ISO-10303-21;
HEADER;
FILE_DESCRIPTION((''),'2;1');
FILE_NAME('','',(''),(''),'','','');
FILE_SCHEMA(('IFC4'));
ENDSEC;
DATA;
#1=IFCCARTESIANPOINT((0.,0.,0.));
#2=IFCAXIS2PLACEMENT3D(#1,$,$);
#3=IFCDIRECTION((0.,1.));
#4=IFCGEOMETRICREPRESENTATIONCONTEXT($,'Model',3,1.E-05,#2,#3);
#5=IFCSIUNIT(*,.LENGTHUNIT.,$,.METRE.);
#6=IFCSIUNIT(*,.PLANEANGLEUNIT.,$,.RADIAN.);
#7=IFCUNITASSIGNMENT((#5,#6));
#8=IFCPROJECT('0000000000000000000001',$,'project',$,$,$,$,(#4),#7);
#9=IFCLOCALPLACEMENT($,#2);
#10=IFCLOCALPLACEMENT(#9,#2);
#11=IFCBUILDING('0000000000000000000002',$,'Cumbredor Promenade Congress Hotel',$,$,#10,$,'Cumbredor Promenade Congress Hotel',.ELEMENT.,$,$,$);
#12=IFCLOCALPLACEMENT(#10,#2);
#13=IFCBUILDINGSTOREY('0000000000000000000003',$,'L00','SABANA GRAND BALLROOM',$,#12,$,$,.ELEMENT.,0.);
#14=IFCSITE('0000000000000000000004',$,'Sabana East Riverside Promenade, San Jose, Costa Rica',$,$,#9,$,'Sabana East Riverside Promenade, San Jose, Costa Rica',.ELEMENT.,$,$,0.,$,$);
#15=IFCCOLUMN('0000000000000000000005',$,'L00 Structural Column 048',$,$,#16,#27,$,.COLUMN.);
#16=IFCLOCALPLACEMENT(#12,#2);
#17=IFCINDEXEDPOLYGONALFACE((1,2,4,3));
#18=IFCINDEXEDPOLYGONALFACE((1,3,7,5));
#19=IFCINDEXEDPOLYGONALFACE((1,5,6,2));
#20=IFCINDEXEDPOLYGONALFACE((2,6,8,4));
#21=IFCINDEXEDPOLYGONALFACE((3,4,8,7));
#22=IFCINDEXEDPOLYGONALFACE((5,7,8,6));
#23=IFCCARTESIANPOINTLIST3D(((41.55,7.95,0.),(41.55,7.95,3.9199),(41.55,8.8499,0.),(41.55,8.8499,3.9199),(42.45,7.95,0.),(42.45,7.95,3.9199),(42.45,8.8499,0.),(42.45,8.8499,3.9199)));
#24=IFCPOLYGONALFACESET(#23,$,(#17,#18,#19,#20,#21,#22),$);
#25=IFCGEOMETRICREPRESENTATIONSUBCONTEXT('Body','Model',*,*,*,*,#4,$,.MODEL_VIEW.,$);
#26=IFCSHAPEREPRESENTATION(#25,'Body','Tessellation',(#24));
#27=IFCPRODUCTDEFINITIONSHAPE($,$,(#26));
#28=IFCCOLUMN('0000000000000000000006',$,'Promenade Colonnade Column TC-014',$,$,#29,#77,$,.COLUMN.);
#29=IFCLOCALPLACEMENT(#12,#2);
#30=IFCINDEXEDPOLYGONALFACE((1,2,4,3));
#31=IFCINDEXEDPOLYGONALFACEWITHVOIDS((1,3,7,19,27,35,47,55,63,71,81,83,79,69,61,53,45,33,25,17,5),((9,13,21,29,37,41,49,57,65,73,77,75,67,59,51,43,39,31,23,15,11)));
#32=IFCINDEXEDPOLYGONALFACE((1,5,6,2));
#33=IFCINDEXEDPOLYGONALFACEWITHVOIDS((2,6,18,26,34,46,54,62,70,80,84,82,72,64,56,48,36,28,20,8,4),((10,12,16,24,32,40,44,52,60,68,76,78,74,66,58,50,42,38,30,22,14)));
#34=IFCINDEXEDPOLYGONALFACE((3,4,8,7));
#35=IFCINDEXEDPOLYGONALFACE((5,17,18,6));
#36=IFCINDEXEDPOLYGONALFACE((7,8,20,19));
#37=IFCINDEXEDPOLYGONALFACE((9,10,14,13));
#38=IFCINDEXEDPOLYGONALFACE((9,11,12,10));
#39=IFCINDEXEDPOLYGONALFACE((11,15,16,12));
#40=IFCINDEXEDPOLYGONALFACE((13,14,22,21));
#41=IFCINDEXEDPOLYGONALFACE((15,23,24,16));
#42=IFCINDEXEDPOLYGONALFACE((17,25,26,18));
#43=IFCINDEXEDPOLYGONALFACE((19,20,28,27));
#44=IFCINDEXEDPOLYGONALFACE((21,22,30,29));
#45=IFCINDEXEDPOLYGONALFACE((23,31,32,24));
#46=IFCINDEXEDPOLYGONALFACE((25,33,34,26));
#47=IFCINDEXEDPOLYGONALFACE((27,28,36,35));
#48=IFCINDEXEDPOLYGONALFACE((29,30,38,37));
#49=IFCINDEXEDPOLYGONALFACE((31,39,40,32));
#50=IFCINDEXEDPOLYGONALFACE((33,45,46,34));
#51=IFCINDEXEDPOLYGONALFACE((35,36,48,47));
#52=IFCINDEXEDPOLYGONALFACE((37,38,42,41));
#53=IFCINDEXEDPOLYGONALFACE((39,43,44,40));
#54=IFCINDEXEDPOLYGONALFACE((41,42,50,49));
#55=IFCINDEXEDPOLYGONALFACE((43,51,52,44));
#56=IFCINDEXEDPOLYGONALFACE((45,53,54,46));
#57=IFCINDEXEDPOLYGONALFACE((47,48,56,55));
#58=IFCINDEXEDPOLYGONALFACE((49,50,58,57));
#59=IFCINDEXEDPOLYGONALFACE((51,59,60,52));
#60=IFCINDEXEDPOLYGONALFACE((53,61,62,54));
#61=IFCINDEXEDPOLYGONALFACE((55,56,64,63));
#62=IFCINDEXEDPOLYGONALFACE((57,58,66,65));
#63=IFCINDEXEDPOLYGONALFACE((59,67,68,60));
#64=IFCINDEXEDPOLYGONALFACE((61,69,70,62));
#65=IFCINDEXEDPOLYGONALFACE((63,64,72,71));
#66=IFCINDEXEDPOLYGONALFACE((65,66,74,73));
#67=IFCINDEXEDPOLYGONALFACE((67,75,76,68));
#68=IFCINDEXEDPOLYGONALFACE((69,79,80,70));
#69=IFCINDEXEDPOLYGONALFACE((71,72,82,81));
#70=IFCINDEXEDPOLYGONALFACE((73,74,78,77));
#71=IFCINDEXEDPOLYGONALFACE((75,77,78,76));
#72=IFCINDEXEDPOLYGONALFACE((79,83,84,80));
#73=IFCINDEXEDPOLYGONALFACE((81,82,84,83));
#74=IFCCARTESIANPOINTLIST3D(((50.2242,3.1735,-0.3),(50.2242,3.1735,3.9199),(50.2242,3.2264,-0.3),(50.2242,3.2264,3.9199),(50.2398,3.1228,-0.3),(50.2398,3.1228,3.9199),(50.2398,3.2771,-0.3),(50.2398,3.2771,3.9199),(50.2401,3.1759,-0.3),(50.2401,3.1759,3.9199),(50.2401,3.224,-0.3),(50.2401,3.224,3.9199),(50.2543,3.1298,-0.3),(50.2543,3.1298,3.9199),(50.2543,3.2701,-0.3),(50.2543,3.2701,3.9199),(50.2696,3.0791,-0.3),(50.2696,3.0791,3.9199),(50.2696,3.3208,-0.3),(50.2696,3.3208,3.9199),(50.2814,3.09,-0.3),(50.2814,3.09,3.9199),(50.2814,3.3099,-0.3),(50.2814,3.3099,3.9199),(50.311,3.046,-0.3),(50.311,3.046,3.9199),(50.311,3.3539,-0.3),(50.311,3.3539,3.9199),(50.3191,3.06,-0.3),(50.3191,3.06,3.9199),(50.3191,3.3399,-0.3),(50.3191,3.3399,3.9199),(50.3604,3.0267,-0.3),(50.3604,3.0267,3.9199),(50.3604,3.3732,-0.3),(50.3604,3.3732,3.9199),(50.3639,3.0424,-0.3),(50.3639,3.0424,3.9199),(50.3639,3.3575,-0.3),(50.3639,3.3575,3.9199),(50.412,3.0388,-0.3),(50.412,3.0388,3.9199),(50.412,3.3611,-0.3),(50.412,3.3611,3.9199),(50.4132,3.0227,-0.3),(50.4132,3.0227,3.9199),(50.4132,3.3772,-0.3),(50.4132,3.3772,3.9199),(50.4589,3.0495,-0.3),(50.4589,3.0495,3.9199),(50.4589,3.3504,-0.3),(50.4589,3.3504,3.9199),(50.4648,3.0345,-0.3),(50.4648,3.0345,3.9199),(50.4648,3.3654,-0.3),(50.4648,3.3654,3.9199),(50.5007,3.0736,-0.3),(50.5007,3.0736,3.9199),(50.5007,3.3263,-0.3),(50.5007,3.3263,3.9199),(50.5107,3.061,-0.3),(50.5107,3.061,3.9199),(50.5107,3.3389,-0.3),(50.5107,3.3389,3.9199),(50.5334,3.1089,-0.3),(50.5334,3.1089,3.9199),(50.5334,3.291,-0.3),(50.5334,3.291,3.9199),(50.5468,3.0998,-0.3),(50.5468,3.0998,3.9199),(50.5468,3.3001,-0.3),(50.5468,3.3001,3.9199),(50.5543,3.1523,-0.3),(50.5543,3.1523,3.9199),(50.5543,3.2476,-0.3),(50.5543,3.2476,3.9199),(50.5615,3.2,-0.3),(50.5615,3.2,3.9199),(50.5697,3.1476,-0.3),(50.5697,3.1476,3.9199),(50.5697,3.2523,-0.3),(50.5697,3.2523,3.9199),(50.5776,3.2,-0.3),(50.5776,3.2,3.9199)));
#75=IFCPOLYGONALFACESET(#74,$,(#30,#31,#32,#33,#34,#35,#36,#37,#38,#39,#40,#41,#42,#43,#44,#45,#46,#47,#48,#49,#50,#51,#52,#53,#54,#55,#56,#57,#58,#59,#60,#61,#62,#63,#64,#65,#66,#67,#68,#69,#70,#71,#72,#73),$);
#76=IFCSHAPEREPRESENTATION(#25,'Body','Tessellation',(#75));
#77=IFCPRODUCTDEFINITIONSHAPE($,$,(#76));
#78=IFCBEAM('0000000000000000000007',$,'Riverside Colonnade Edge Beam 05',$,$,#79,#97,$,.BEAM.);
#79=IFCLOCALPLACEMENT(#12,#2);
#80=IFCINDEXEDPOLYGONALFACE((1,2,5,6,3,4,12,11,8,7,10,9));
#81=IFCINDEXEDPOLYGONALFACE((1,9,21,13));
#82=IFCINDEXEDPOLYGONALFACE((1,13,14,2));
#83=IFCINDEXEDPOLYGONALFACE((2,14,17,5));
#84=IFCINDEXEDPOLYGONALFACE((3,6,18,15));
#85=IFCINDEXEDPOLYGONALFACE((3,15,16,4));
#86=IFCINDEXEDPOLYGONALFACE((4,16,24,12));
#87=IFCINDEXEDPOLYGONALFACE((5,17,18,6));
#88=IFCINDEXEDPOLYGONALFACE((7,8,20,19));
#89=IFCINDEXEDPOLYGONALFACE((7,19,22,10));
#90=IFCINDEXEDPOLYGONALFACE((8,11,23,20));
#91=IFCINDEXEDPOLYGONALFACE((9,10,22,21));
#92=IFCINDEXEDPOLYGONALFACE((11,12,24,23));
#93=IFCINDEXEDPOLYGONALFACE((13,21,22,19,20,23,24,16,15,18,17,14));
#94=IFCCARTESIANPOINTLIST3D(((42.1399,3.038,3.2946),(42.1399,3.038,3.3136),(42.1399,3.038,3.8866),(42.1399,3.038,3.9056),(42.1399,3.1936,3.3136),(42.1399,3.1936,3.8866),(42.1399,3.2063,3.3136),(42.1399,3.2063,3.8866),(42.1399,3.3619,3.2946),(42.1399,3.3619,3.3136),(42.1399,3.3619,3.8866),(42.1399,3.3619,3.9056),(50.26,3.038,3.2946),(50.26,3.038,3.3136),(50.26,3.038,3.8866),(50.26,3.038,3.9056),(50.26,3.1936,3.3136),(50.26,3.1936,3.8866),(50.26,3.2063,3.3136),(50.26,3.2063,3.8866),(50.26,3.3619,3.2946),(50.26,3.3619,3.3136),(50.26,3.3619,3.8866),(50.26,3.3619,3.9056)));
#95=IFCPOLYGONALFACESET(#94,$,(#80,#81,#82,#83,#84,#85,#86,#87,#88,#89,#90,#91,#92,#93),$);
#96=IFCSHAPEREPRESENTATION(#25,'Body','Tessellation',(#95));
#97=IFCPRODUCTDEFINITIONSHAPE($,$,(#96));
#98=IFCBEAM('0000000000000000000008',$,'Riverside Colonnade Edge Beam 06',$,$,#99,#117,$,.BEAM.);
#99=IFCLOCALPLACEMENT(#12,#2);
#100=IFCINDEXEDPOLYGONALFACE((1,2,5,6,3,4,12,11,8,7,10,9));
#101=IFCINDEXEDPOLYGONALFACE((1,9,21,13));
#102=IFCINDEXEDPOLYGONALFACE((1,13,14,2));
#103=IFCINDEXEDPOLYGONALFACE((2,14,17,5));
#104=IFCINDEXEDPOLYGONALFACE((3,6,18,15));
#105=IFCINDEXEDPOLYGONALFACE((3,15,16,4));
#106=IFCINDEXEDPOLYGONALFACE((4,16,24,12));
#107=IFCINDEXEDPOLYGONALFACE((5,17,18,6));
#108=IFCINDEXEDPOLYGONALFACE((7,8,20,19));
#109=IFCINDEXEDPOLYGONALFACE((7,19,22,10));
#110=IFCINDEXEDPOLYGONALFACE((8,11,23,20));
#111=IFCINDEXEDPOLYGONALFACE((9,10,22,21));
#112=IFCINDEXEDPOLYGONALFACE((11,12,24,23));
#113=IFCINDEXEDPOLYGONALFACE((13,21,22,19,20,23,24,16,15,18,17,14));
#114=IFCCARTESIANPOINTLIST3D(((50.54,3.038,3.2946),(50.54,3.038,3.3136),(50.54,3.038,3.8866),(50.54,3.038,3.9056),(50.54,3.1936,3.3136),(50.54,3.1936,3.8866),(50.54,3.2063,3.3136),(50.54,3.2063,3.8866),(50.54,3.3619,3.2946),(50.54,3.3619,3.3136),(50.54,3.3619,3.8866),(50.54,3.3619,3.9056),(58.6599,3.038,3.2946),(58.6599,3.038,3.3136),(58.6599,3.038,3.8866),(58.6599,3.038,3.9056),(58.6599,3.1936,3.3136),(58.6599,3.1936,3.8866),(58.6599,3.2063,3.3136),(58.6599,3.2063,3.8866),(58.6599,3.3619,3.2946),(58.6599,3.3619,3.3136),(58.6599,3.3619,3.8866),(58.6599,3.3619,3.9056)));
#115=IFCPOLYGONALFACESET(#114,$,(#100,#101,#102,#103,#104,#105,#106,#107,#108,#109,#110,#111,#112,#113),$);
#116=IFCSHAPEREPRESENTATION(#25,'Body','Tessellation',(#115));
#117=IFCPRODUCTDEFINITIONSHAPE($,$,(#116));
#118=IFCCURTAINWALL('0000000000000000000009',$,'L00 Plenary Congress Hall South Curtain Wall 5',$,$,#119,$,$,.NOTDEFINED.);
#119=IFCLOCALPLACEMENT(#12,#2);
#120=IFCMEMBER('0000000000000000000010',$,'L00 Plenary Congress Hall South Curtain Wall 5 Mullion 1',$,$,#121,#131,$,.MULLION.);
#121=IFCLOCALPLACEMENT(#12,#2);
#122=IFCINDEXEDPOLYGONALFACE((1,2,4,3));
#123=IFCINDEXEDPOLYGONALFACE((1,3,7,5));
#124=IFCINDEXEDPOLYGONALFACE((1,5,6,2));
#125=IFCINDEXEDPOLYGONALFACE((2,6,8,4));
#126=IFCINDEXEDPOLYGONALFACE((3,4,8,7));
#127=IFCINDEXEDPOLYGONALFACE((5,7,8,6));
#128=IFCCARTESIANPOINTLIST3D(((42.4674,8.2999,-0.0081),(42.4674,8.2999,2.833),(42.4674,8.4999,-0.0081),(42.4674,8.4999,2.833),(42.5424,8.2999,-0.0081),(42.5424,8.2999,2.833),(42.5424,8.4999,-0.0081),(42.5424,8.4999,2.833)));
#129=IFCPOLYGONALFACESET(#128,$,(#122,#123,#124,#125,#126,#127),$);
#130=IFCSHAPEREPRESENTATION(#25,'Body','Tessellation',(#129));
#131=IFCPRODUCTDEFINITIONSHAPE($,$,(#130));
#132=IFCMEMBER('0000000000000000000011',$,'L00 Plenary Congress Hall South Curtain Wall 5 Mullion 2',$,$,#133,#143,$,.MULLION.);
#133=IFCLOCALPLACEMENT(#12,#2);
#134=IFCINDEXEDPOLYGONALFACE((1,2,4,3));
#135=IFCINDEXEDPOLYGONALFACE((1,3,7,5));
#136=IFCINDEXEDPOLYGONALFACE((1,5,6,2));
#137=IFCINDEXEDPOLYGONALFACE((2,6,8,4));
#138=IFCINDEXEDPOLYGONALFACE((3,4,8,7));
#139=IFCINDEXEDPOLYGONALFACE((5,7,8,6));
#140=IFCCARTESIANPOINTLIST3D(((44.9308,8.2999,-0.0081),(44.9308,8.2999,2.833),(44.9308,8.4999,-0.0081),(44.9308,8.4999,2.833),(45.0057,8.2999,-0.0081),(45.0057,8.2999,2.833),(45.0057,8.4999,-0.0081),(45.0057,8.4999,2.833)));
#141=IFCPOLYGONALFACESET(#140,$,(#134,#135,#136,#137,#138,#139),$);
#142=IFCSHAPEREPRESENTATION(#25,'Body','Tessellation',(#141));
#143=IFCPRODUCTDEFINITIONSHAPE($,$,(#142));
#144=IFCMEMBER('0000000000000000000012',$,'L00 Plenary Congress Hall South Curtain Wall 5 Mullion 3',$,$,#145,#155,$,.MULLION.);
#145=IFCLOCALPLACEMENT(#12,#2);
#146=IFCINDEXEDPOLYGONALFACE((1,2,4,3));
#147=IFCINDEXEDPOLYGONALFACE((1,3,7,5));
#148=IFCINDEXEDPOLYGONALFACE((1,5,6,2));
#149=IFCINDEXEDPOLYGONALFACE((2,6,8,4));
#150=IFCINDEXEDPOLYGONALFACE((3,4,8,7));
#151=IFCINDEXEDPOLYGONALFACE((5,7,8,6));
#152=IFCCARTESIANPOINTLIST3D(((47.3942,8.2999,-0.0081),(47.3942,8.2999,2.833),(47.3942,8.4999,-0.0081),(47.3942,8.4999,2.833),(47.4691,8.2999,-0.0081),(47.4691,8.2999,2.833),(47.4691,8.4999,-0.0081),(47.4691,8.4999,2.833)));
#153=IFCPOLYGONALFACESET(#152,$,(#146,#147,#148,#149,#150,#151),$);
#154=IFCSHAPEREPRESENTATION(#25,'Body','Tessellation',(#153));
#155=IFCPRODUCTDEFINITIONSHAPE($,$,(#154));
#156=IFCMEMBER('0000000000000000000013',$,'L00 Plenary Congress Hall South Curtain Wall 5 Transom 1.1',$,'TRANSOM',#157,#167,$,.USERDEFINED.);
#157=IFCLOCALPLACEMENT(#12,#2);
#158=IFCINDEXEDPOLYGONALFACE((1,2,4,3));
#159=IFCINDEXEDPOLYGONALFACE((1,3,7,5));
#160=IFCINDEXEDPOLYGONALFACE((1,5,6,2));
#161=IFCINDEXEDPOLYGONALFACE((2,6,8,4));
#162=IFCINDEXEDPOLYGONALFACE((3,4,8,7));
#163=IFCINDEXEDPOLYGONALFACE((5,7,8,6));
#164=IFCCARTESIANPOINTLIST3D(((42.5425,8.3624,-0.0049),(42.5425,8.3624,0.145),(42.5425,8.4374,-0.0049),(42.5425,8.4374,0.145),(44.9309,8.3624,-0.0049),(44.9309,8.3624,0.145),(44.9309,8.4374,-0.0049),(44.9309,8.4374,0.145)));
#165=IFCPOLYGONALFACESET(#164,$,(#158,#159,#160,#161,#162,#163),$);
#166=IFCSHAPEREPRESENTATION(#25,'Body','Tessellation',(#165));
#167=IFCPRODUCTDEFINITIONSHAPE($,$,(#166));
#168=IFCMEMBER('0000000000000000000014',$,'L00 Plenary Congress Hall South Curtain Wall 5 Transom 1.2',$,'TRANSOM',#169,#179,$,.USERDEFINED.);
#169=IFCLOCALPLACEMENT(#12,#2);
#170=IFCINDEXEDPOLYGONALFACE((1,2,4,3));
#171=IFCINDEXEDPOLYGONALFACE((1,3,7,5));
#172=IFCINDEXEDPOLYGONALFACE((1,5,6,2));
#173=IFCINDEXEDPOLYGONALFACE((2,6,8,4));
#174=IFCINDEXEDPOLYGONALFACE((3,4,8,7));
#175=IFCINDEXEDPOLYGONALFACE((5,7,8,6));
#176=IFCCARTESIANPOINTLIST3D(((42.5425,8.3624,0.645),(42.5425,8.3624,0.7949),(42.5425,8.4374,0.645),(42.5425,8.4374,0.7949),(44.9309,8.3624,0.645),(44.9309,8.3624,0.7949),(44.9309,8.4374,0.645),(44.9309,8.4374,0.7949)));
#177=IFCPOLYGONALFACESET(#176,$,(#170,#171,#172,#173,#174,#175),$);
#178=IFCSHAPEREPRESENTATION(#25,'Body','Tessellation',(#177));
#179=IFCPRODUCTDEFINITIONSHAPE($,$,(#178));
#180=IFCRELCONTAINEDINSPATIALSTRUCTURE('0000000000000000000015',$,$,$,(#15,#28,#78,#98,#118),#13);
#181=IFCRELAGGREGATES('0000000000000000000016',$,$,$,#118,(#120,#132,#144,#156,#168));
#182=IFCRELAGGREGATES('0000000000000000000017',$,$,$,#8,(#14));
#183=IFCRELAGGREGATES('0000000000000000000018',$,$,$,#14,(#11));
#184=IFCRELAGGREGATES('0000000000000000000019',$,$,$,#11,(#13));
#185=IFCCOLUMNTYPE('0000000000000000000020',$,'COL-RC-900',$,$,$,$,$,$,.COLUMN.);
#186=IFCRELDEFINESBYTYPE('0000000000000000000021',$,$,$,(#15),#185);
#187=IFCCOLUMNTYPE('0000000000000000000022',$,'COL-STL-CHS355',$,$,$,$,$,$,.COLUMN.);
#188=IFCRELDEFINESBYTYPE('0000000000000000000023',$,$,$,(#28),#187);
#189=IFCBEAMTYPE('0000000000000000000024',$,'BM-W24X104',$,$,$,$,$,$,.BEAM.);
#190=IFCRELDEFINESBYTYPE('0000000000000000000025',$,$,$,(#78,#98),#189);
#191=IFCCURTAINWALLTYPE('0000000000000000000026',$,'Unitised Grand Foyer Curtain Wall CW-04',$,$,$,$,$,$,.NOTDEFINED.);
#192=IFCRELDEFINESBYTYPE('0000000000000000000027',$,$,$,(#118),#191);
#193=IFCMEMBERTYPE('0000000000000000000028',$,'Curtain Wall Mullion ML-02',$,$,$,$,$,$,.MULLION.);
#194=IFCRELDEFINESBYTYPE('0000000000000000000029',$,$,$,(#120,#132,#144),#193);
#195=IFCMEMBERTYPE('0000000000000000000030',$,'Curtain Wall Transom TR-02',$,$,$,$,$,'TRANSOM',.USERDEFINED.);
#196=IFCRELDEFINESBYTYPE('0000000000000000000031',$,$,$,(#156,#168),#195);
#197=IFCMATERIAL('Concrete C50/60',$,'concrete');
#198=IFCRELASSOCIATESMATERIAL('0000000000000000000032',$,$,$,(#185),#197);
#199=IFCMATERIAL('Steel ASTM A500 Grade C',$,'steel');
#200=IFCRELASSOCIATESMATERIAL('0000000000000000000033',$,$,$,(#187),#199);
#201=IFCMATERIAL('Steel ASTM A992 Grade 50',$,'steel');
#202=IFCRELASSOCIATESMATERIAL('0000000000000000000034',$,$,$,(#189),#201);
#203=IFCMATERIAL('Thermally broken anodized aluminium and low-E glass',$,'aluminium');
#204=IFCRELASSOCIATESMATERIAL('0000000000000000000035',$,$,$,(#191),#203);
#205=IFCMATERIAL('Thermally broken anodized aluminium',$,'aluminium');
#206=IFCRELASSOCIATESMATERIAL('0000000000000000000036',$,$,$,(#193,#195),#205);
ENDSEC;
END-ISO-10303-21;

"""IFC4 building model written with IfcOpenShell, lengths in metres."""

from ifc_helpers import new_model, si_unit, direction, frame, origin, origin_2d, place, context, subcontext, project, spatial, rectangle, hollow_circle, i_section, extrude, material, material_profile, profile_set, type_object, element, aggregate, save


model = new_model("IFC4")

# Units and contexts
model_context = context("Model", 3, precision=1e-05, world=origin(), true_north=direction((0.0, 1.0)))
body_context = subcontext(model_context, "Body", "Model", "MODEL_VIEW")
ifc_project = project(units=[si_unit("LENGTHUNIT", "METRE"), si_unit("PLANEANGLEUNIT", "RADIAN")], contexts=[model_context])

# Site, building, storey
site_placement = place(None, origin())
site = spatial("IfcSite", under=ifc_project, at=site_placement, Name="Sabana East Riverside Promenade, San Jose, Costa Rica", LongName="Sabana East Riverside Promenade, San Jose, Costa Rica", CompositionType="ELEMENT", RefElevation=0.0)
building_placement = place(site_placement, origin())
building = spatial("IfcBuilding", under=site, at=building_placement, Name="Cumbredor Promenade Congress Hotel", LongName="Cumbredor Promenade Congress Hotel", CompositionType="ELEMENT")
storey_placement = place(building_placement, origin())
storey = spatial("IfcBuildingStorey", under=building, at=storey_placement, Name="L00", Description="SABANA GRAND BALLROOM", CompositionType="ELEMENT", Elevation=0.0)

# Columns
ifc_material_1 = material(Name="Concrete C50/60", Category="concrete")
ifc_material_profile_1 = material_profile(ifc_material_1, rectangle(XDim=0.8999, YDim=0.8999, at=origin_2d()), Name="RC 900x900")
ifc_profile_set_1 = profile_set([ifc_material_profile_1], Name="Concrete C50/60")
column_type_1 = type_object("IfcColumnType", Name="COL-RC-900", PredefinedType="COLUMN", material=ifc_profile_set_1)
column_1_placement = place(storey_placement, frame((42.0, 8.3999, 0.0), z_axis=(0.0, 0.0, 1.0), x_axis=(1.0, 0.0, 0.0)))
element("IfcColumn", 1, at=column_1_placement, inside=storey, type_object=column_type_1, Name="L00 Structural Column 048", PredefinedType="COLUMN", context=body_context, shape_type="SweptSolid", body=[
    extrude(rectangle(XDim=0.8999, YDim=0.8999, at=origin_2d()), origin(), (0.0, 0.0, 1.0), 3.9199),
])
ifc_material_2 = material(Name="Steel ASTM A500 Grade C", Category="steel")
ifc_material_profile_2 = material_profile(ifc_material_2, hollow_circle(Radius=0.1777, WallThickness=0.0161, at=origin_2d()), Name="CHS 355.6x16")
ifc_profile_set_2 = profile_set([ifc_material_profile_2], Name="Steel ASTM A500 Grade C")
column_type_2 = type_object("IfcColumnType", Name="COL-STL-CHS355", PredefinedType="COLUMN", material=ifc_profile_set_2)
column_2_placement = place(storey_placement, frame((50.3999, 3.2, -0.3), z_axis=(0.0, 0.0, 1.0), x_axis=(1.0, 0.0, 0.0)))
element("IfcColumn", 2, at=column_2_placement, inside=storey, type_object=column_type_2, Name="Promenade Colonnade Column TC-014", PredefinedType="COLUMN", context=body_context, shape_type="SweptSolid", body=[
    extrude(hollow_circle(Radius=0.1777, WallThickness=0.0161, at=origin_2d()), origin(), (0.0, 0.0, 1.0), 4.22),
])

# Beams
ifc_material_3 = material(Name="Steel ASTM A992 Grade 50", Category="steel")
ifc_material_profile_3 = material_profile(ifc_material_3, i_section(OverallWidth=0.324, OverallDepth=0.6111, WebThickness=0.0127, FlangeThickness=0.019, at=origin_2d()), Name="W24X104")
ifc_profile_set_3 = profile_set([ifc_material_profile_3], Name="Steel ASTM A992 Grade 50")
beam_type_1 = type_object("IfcBeamType", Name="BM-W24X104", PredefinedType="BEAM", material=ifc_profile_set_3)
beam_1_placement = place(storey_placement, frame((42.1399, 3.2, 3.6001), z_axis=(1.0, 0.0, 0.0), x_axis=(0.0, 1.0, 0.0)))
element("IfcBeam", 3, at=beam_1_placement, inside=storey, type_object=beam_type_1, Name="Riverside Colonnade Edge Beam 05", PredefinedType="BEAM", context=body_context, shape_type="SweptSolid", body=[
    extrude(i_section(OverallWidth=0.324, OverallDepth=0.6111, WebThickness=0.0127, FlangeThickness=0.019, at=origin_2d()), origin(), (0.0, 0.0, 1.0), 8.1201),
])
beam_2_placement = place(storey_placement, frame((50.54, 3.2, 3.6001), z_axis=(1.0, 0.0, 0.0), x_axis=(0.0, 1.0, 0.0)))
element("IfcBeam", 4, at=beam_2_placement, inside=storey, type_object=beam_type_1, Name="Riverside Colonnade Edge Beam 06", PredefinedType="BEAM", context=body_context, shape_type="SweptSolid", body=[
    extrude(i_section(OverallWidth=0.324, OverallDepth=0.6111, WebThickness=0.0127, FlangeThickness=0.019, at=origin_2d()), origin(), (0.0, 0.0, 1.0), 8.1199),
])

# Curtain wall, members
ifc_material_4 = material(Name="Thermally broken anodized aluminium and low-E glass", Category="aluminium")
curtain_wall_type = type_object("IfcCurtainWallType", Name="Unitised Grand Foyer Curtain Wall CW-04", PredefinedType="NOTDEFINED", material=ifc_material_4)
curtain_wall_placement = place(storey_placement, origin())
curtain_wall = element("IfcCurtainWall", 5, at=curtain_wall_placement, inside=storey, type_object=curtain_wall_type, Name="L00 Plenary Congress Hall South Curtain Wall 5", PredefinedType="NOTDEFINED")
ifc_material_5 = material(Name="Thermally broken anodized aluminium", Category="aluminium")
ifc_material_profile_4 = material_profile(ifc_material_5, rectangle(XDim=0.075, YDim=0.2, at=origin_2d()), Name="ALU MULLION 75x200")
ifc_profile_set_4 = profile_set([ifc_material_profile_4], Name="Thermally broken anodized aluminium")
member_type_1 = type_object("IfcMemberType", Name="Curtain Wall Mullion ML-02", PredefinedType="MULLION", material=ifc_profile_set_4)
member_1_placement = place(storey_placement, frame((42.5049, 8.3999, -0.0081), z_axis=(0.0, 0.0, 1.0), x_axis=(1.0, 0.0, 0.0)))
member_1 = element("IfcMember", 6, at=member_1_placement, type_object=member_type_1, Name="L00 Plenary Congress Hall South Curtain Wall 5 Mullion 1", PredefinedType="MULLION", context=body_context, shape_type="SweptSolid", body=[
    extrude(rectangle(XDim=0.075, YDim=0.2, at=origin_2d()), origin(), (0.0, 0.0, 1.0), 2.8411),
])
member_2_placement = place(storey_placement, frame((44.9683, 8.3999, -0.0081), z_axis=(0.0, 0.0, 1.0), x_axis=(1.0, 0.0, 0.0)))
member_2 = element("IfcMember", 7, at=member_2_placement, type_object=member_type_1, Name="L00 Plenary Congress Hall South Curtain Wall 5 Mullion 2", PredefinedType="MULLION", context=body_context, shape_type="SweptSolid", body=[
    extrude(rectangle(XDim=0.075, YDim=0.2, at=origin_2d()), origin(), (0.0, 0.0, 1.0), 2.8411),
])
member_3_placement = place(storey_placement, frame((47.4316, 8.3999, -0.0081), z_axis=(0.0, 0.0, 1.0), x_axis=(1.0, 0.0, 0.0)))
member_3 = element("IfcMember", 8, at=member_3_placement, type_object=member_type_1, Name="L00 Plenary Congress Hall South Curtain Wall 5 Mullion 3", PredefinedType="MULLION", context=body_context, shape_type="SweptSolid", body=[
    extrude(rectangle(XDim=0.075, YDim=0.2, at=origin_2d()), origin(), (0.0, 0.0, 1.0), 2.8411),
])
ifc_material_profile_5 = material_profile(ifc_material_5, rectangle(XDim=0.075, YDim=0.1499, at=origin_2d()), Name="ALU TRANSOM 75x150")
ifc_profile_set_5 = profile_set([ifc_material_profile_5], Name="Thermally broken anodized aluminium")
member_type_2 = type_object("IfcMemberType", Name="Curtain Wall Transom TR-02", ElementType="TRANSOM", PredefinedType="USERDEFINED", material=ifc_profile_set_5)
member_4_placement = place(storey_placement, frame((42.5425, 8.3999, 0.0701), z_axis=(1.0, 0.0, 0.0), x_axis=(0.0, 1.0, 0.0)))
member_4 = element("IfcMember", 9, at=member_4_placement, type_object=member_type_2, Name="L00 Plenary Congress Hall South Curtain Wall 5 Transom 1.1", ObjectType="TRANSOM", PredefinedType="USERDEFINED", context=body_context, shape_type="SweptSolid", body=[
    extrude(rectangle(XDim=0.075, YDim=0.1499, at=origin_2d()), origin(), (0.0, 0.0, 1.0), 2.3884),
])
member_5_placement = place(storey_placement, frame((42.5425, 8.3999, 0.72), z_axis=(1.0, 0.0, 0.0), x_axis=(0.0, 1.0, 0.0)))
member_5 = element("IfcMember", 10, at=member_5_placement, type_object=member_type_2, Name="L00 Plenary Congress Hall South Curtain Wall 5 Transom 1.2", ObjectType="TRANSOM", PredefinedType="USERDEFINED", context=body_context, shape_type="SweptSolid", body=[
    extrude(rectangle(XDim=0.075, YDim=0.1499, at=origin_2d()), origin(), (0.0, 0.0, 1.0), 2.3884),
])

aggregate(curtain_wall, [member_1, member_2, member_3, member_4, member_5])

save(model, "model.ifc")
